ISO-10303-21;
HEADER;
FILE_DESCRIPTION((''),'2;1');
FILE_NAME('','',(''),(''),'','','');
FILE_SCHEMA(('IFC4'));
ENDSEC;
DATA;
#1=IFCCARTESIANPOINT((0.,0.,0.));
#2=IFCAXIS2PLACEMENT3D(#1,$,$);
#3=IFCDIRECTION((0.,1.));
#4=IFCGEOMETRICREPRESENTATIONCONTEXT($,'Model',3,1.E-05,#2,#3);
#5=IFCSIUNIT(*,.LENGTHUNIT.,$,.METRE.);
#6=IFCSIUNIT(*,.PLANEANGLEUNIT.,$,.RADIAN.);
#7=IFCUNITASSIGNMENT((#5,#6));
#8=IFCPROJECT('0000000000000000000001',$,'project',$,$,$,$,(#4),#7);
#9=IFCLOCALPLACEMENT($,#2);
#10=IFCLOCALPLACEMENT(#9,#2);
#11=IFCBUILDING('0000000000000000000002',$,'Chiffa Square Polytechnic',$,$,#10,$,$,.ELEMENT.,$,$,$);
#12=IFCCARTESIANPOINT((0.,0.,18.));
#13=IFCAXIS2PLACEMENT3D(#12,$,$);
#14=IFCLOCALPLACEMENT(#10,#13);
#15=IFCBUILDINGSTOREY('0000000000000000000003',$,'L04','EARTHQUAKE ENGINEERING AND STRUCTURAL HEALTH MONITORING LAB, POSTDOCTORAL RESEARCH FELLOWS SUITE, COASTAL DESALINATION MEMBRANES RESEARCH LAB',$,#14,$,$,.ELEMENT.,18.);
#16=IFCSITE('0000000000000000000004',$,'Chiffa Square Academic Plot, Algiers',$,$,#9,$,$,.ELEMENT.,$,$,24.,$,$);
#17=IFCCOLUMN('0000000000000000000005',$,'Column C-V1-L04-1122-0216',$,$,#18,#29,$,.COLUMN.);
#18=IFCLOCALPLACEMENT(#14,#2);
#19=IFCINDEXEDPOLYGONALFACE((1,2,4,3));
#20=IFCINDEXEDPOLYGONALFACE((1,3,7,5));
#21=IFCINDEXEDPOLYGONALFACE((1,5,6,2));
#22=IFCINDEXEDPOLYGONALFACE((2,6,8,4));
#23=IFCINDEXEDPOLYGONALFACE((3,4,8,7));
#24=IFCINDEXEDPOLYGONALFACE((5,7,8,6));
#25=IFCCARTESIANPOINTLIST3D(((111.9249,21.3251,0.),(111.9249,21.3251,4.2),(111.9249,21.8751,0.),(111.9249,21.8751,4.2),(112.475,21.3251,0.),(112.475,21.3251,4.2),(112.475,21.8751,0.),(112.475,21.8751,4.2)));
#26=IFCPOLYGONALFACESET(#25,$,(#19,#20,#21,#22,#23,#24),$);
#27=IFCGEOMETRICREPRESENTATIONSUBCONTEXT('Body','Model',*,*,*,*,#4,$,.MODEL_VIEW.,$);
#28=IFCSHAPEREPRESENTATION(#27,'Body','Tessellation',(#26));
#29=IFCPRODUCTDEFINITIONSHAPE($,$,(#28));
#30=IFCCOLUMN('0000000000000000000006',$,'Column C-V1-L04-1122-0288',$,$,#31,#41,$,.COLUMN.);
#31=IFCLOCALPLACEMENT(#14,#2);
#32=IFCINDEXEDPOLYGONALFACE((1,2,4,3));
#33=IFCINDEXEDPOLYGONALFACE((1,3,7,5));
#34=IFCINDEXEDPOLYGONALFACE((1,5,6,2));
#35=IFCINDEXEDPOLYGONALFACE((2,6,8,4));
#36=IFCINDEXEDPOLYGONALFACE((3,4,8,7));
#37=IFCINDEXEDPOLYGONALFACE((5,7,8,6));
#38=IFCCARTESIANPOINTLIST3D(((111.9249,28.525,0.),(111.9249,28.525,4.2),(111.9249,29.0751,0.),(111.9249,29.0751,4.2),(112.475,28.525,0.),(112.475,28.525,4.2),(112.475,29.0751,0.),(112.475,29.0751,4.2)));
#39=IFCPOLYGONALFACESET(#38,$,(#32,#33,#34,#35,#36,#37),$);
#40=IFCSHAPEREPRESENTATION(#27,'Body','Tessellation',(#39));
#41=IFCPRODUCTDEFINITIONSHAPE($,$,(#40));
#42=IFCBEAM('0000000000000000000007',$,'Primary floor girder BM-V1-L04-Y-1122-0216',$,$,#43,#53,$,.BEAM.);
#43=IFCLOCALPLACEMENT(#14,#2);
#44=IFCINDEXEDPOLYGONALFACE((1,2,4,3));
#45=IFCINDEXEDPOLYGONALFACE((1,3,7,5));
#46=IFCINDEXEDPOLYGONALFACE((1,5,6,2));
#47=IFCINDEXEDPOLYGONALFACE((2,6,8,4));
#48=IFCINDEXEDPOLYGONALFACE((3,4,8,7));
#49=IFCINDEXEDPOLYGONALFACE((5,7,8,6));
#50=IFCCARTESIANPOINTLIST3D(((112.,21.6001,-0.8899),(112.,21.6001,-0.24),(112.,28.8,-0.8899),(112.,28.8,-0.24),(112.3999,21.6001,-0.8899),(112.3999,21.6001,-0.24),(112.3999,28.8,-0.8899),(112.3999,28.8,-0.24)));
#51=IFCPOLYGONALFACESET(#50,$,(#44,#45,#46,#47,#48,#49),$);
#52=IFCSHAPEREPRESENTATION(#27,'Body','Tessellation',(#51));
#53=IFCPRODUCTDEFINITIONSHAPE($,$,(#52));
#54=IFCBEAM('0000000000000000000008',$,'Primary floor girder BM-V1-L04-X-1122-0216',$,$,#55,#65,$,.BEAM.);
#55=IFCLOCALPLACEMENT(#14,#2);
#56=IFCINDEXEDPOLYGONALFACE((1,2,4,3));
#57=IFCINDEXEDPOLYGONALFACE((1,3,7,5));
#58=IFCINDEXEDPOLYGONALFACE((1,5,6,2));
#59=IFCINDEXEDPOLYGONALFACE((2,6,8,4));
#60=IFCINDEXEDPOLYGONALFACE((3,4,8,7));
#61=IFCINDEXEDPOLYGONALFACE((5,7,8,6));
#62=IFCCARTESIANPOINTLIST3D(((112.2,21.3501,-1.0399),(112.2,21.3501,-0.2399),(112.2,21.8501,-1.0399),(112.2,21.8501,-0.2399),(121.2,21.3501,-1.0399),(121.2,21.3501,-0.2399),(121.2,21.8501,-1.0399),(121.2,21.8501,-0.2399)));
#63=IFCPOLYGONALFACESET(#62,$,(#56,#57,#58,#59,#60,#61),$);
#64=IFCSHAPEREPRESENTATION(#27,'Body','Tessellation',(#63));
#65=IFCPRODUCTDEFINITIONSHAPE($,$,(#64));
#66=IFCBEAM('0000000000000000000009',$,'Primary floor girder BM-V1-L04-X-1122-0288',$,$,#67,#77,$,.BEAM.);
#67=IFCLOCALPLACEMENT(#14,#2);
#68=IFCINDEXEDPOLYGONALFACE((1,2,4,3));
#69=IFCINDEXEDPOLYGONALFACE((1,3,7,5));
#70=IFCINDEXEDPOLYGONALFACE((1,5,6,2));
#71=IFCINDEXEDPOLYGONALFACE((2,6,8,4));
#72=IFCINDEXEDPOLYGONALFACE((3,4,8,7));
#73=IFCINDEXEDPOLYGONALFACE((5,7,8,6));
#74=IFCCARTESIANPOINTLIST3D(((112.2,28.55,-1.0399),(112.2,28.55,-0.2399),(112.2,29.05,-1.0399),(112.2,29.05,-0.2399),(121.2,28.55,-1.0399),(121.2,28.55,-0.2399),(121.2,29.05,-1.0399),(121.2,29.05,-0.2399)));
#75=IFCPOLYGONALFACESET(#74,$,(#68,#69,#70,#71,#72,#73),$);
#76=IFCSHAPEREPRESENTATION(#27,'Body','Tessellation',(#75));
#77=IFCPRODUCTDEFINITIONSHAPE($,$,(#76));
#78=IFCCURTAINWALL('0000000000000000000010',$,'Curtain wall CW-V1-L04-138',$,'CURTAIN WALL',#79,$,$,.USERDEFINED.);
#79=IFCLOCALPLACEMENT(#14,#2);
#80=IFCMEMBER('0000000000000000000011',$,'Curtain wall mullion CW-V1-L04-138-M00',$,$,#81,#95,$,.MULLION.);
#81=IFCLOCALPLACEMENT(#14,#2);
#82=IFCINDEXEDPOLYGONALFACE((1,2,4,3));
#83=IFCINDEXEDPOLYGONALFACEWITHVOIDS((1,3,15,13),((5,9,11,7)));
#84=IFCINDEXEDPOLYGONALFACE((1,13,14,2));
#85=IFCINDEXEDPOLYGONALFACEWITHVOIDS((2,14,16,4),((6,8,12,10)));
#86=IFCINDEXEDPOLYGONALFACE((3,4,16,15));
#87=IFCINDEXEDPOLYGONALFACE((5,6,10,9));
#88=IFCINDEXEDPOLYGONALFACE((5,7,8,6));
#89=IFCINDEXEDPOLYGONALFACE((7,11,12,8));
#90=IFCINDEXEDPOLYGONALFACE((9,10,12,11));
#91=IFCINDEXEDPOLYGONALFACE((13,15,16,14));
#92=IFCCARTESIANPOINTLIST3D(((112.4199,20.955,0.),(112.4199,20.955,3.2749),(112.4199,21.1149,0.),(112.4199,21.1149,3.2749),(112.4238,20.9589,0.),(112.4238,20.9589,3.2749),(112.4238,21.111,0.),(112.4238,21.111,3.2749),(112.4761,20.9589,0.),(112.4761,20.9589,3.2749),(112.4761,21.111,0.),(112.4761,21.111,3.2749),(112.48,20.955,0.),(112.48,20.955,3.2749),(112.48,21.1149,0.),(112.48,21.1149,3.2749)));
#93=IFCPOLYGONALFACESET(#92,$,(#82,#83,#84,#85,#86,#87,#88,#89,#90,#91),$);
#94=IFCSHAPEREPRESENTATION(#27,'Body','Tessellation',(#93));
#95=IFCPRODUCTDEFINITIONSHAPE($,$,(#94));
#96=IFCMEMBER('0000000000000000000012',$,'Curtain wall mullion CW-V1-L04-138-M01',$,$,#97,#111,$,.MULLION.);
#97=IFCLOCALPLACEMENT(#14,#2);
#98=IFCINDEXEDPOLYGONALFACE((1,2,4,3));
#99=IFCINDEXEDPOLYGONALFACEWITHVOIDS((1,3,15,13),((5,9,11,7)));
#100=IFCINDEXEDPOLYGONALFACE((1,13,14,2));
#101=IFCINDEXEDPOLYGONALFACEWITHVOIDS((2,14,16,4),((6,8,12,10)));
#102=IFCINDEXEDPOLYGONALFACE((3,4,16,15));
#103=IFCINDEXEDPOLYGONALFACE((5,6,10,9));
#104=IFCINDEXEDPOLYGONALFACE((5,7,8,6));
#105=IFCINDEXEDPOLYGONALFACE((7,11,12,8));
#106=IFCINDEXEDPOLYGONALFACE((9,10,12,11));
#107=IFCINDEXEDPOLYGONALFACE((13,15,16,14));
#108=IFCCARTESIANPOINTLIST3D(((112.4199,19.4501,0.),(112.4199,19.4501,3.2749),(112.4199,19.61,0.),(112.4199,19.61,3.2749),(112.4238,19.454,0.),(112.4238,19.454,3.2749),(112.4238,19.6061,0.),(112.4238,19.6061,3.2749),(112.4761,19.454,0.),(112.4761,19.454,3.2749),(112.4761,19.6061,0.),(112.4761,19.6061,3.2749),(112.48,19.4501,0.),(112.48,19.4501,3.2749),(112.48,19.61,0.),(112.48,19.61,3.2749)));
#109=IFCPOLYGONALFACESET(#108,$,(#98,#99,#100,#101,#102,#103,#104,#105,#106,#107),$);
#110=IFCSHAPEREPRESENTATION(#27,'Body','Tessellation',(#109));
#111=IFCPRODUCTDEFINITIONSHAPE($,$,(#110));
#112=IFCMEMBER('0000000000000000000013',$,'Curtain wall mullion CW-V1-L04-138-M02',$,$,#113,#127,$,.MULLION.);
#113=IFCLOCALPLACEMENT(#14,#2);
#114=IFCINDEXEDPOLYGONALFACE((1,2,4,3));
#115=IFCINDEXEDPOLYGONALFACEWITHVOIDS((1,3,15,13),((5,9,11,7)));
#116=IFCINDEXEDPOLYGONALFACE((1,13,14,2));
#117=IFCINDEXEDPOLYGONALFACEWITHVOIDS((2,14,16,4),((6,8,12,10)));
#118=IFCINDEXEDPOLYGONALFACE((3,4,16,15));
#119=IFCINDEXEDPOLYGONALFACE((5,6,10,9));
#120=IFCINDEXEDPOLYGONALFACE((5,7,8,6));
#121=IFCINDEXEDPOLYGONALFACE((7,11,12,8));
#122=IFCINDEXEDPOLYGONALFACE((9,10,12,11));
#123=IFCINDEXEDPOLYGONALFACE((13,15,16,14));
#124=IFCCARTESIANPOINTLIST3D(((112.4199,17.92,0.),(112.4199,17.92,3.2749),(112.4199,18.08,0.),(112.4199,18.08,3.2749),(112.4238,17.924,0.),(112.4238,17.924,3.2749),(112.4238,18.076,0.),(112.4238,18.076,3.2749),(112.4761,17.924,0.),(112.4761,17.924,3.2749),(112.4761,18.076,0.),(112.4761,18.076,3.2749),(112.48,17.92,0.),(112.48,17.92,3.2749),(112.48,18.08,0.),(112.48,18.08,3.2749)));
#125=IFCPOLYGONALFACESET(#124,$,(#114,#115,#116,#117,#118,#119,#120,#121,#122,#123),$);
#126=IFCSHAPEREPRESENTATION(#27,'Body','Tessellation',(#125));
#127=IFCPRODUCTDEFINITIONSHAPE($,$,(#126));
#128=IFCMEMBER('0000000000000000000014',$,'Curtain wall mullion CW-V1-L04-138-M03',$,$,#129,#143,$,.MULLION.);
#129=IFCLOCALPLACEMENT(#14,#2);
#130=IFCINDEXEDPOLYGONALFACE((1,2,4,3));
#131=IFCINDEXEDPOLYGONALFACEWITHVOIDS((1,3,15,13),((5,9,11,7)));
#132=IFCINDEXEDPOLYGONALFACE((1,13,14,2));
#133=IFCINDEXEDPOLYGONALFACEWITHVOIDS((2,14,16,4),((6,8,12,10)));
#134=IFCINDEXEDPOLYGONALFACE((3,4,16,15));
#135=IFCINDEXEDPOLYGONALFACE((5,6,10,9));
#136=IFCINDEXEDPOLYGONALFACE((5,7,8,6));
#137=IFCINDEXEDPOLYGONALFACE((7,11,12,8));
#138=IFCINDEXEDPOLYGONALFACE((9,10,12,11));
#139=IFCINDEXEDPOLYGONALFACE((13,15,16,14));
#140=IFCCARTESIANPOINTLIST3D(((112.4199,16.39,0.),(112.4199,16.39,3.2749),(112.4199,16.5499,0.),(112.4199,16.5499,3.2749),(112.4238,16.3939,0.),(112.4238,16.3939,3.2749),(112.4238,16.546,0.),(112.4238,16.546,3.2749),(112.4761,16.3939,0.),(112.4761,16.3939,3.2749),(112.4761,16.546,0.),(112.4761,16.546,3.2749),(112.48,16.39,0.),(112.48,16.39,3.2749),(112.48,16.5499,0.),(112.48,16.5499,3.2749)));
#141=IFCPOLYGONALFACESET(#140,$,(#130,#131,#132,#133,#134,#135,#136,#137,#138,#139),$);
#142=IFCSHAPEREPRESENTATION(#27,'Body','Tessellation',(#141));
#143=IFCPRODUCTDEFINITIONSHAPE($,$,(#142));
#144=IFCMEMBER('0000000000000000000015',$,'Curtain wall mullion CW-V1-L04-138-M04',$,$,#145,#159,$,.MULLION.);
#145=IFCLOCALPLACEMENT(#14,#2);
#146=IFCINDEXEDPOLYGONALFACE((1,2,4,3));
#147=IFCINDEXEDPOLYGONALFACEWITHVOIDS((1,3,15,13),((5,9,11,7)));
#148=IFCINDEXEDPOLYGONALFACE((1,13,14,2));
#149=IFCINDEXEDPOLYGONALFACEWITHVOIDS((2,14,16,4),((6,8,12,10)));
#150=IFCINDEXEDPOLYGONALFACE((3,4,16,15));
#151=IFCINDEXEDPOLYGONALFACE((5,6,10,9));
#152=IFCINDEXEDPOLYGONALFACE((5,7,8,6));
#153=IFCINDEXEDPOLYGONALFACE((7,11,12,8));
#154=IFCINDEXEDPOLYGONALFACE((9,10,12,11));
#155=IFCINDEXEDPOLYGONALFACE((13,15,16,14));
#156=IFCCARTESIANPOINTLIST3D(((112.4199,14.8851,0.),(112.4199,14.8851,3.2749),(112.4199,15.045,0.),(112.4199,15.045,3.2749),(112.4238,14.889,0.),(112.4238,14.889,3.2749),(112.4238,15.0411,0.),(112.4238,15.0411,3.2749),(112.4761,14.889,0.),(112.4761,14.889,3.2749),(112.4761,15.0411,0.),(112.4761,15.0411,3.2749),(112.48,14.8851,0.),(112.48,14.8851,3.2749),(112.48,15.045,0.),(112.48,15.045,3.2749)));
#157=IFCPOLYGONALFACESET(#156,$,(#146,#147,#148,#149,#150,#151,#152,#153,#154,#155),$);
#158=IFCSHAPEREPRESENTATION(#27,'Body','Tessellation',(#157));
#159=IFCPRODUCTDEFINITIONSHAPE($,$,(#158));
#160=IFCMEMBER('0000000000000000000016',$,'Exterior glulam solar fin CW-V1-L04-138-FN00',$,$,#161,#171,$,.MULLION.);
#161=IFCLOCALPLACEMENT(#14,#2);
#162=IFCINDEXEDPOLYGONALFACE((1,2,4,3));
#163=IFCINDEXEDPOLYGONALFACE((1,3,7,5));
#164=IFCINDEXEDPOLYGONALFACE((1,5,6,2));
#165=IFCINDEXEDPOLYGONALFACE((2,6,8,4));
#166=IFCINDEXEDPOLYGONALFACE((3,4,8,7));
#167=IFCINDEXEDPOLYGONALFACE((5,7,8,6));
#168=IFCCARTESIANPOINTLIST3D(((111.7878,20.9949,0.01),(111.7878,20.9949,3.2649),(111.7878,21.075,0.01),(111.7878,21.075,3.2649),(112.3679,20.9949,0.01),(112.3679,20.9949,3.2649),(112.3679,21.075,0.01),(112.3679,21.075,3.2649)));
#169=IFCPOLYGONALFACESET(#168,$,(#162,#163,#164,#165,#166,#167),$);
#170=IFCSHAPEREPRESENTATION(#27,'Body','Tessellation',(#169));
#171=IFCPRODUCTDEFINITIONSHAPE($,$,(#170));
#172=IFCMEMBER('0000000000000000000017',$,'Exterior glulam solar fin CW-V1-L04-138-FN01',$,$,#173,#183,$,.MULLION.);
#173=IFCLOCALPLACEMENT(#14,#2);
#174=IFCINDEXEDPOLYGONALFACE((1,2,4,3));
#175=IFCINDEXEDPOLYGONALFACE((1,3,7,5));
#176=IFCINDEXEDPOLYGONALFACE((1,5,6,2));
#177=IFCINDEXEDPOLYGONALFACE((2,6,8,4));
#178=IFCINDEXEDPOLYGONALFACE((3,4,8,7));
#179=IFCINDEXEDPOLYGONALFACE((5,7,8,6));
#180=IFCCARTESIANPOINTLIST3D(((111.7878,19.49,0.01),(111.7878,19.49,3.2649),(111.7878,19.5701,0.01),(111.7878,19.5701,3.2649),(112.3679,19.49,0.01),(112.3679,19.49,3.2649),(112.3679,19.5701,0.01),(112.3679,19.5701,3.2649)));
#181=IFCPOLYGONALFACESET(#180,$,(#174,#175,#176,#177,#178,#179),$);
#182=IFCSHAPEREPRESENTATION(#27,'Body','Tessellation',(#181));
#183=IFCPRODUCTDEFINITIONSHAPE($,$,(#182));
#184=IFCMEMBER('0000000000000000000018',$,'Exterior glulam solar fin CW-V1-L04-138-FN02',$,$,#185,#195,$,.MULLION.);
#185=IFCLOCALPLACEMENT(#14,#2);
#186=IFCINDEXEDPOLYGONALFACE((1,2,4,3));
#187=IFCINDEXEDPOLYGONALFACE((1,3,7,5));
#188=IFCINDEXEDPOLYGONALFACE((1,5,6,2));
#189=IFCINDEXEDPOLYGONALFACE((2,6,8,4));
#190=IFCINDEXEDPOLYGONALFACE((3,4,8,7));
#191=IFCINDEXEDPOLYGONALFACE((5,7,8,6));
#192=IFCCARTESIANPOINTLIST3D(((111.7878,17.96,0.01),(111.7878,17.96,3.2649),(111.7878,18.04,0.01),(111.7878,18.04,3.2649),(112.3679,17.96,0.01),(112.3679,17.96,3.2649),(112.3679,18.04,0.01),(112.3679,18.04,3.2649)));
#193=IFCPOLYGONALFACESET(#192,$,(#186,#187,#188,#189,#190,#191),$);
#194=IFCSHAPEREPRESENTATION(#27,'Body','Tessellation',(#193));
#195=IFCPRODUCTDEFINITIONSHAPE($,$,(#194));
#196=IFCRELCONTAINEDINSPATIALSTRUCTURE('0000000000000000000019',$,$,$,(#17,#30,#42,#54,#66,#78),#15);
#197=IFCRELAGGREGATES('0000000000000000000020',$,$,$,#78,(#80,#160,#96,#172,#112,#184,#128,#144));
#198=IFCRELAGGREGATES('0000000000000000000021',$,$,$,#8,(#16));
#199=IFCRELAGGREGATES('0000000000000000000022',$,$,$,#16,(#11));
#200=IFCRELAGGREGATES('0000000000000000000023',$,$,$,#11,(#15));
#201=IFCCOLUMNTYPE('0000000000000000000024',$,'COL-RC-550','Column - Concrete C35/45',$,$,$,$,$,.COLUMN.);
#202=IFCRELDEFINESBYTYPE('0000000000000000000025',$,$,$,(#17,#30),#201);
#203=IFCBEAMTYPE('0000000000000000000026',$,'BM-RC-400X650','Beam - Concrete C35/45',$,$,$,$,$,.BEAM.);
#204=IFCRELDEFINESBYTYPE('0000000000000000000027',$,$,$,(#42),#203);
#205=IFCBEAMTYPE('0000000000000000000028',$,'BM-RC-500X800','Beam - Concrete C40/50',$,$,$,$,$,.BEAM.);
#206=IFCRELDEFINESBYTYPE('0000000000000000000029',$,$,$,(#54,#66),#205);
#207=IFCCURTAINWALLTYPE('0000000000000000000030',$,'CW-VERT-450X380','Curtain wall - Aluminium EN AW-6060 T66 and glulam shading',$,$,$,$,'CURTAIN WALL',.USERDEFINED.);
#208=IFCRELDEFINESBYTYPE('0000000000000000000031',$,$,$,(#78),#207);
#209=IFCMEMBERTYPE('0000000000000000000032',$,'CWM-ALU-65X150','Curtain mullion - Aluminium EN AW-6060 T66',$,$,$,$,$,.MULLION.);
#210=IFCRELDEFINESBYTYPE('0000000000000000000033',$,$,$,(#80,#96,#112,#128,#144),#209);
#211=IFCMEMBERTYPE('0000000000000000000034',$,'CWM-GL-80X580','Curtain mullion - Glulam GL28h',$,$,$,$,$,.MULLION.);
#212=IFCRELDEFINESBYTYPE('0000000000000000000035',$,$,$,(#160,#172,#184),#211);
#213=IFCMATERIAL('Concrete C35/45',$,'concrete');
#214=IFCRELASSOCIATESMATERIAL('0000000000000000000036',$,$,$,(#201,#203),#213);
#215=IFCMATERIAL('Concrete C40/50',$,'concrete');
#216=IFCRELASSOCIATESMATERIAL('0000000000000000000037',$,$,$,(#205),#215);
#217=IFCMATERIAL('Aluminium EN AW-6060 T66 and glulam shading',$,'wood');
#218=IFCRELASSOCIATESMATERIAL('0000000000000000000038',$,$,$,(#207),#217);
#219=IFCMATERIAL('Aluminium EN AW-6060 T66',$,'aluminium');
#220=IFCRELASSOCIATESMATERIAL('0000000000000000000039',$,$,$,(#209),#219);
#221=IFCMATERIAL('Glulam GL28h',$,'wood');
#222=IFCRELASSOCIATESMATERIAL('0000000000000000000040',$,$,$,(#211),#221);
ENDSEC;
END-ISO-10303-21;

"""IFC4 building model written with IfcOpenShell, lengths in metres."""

from ifc_helpers import new_model, si_unit, direction, frame, origin, origin_2d, place, context, subcontext, project, spatial, rectangle, hollow_rectangle, extrude, material, material_profile, profile_set, type_object, element, aggregate, save


model = new_model("IFC4")

# Units and contexts
model_context = context("Model", 3, precision=1e-05, world=origin(), true_north=direction((0.0, 1.0)))
body_context = subcontext(model_context, "Body", "Model", "MODEL_VIEW")
ifc_project = project(units=[si_unit("LENGTHUNIT", "METRE"), si_unit("PLANEANGLEUNIT", "RADIAN")], contexts=[model_context])

# Site, building, storey
site_placement = place(None, origin())
site = spatial("IfcSite", under=ifc_project, at=site_placement, Name="Chiffa Square Academic Plot, Algiers", CompositionType="ELEMENT", RefElevation=24.0)
building_placement = place(site_placement, origin())
building = spatial("IfcBuilding", under=site, at=building_placement, Name="Chiffa Square Polytechnic", CompositionType="ELEMENT")
storey_placement = place(building_placement, frame((0.0, 0.0, 18.0)))
storey = spatial("IfcBuildingStorey", under=building, at=storey_placement, Name="L04", Description="EARTHQUAKE ENGINEERING AND STRUCTURAL HEALTH MONITORING LAB, POSTDOCTORAL RESEARCH FELLOWS SUITE, COASTAL DESALINATION MEMBRANES RESEARCH LAB", CompositionType="ELEMENT", Elevation=18.0)

# Columns
ifc_material_1 = material(Name="Concrete C35/45", Category="concrete")
ifc_material_profile_1 = material_profile(ifc_material_1, rectangle(XDim=0.55, YDim=0.55, at=origin_2d()), Name="RC 550x550")
ifc_profile_set_1 = profile_set([ifc_material_profile_1], Name="Concrete C35/45")
column_type = type_object("IfcColumnType", Name="COL-RC-550", Description="Column - Concrete C35/45", PredefinedType="COLUMN", material=ifc_profile_set_1)
for number, where, z_axis, x_axis, name in (
    (1, (112.2, 21.6001, 0.0), (0.0, 0.0, 1.0), (1.0, 0.0, 0.0), "Column C-V1-L04-1122-0216"),
    (2, (112.2, 28.8, 0.0), (0.0, 0.0, 1.0), (1.0, 0.0, 0.0), "Column C-V1-L04-1122-0288"),
):
    element("IfcColumn", number, at=place(storey_placement, frame(where, z_axis=z_axis, x_axis=x_axis)), inside=storey, type_object=column_type, Name=name, PredefinedType="COLUMN", context=body_context, shape_type="SweptSolid", body=[
        extrude(rectangle(XDim=0.55, YDim=0.55, at=origin_2d()), origin(), (0.0, 0.0, 1.0), 4.2),
    ])

# Beams
ifc_material_profile_2 = material_profile(ifc_material_1, rectangle(XDim=0.3999, YDim=0.6499, at=origin_2d()), Name="RC 400x650")
ifc_profile_set_2 = profile_set([ifc_material_profile_2], Name="Concrete C35/45")
beam_type_1 = type_object("IfcBeamType", Name="BM-RC-400X650", Description="Beam - Concrete C35/45", PredefinedType="BEAM", material=ifc_profile_set_2)
beam_placement = place(storey_placement, frame((112.2, 21.6001, -0.5649), z_axis=(0.0, 1.0, 0.0), x_axis=(-1.0, 0.0, 0.0)))
element("IfcBeam", 3, at=beam_placement, inside=storey, type_object=beam_type_1, Name="Primary floor girder BM-V1-L04-Y-1122-0216", PredefinedType="BEAM", context=body_context, shape_type="SweptSolid", body=[
    extrude(rectangle(XDim=0.3999, YDim=0.6499, at=origin_2d()), origin(), (0.0, 0.0, 1.0), 7.2),
])
ifc_material_2 = material(Name="Concrete C40/50", Category="concrete")
ifc_material_profile_3 = material_profile(ifc_material_2, rectangle(XDim=0.5, YDim=0.8, at=origin_2d()), Name="RC 500x800")
ifc_profile_set_3 = profile_set([ifc_material_profile_3], Name="Concrete C40/50")
beam_type_2 = type_object("IfcBeamType", Name="BM-RC-500X800", Description="Beam - Concrete C40/50", PredefinedType="BEAM", material=ifc_profile_set_3)
for number, where, z_axis, x_axis, name in (
    (4, (112.2, 21.6001, -0.6399), (1.0, 0.0, 0.0), (0.0, 1.0, 0.0), "Primary floor girder BM-V1-L04-X-1122-0216"),
    (5, (112.2, 28.8, -0.6399), (1.0, 0.0, 0.0), (0.0, 1.0, 0.0), "Primary floor girder BM-V1-L04-X-1122-0288"),
):
    element("IfcBeam", number, at=place(storey_placement, frame(where, z_axis=z_axis, x_axis=x_axis)), inside=storey, type_object=beam_type_2, Name=name, PredefinedType="BEAM", context=body_context, shape_type="SweptSolid", body=[
        extrude(rectangle(XDim=0.5, YDim=0.8, at=origin_2d()), origin(), (0.0, 0.0, 1.0), 9.0),
    ])

# Curtain wall, members
ifc_material_3 = material(Name="Aluminium EN AW-6060 T66 and glulam shading", Category="wood")
curtain_wall_type = type_object("IfcCurtainWallType", Name="CW-VERT-450X380", Description="Curtain wall - Aluminium EN AW-6060 T66 and glulam shading", ElementType="CURTAIN WALL", PredefinedType="USERDEFINED", material=ifc_material_3)
curtain_wall_placement = place(storey_placement, origin())
curtain_wall = element("IfcCurtainWall", 6, at=curtain_wall_placement, inside=storey, type_object=curtain_wall_type, Name="Curtain wall CW-V1-L04-138", ObjectType="CURTAIN WALL", PredefinedType="USERDEFINED")
ifc_material_4 = material(Name="Aluminium EN AW-6060 T66", Category="aluminium")
ifc_material_profile_4 = material_profile(ifc_material_4, hollow_rectangle(XDim=0.0601, YDim=0.1599, WallThickness=0.0039, at=origin_2d()), Name="ALU 60x160x4")
ifc_profile_set_4 = profile_set([ifc_material_profile_4], Name="Aluminium EN AW-6060 T66")
member_type_1 = type_object("IfcMemberType", Name="CWM-ALU-65X150", Description="Curtain mullion - Aluminium EN AW-6060 T66", PredefinedType="MULLION", material=ifc_profile_set_4)
member_1_placement = place(storey_placement, frame((112.45, 21.0349, 0.0), z_axis=(0.0, 0.0, 1.0), x_axis=(1.0, 0.0, 0.0)))
member_1 = element("IfcMember", 7, at=member_1_placement, type_object=member_type_1, Name="Curtain wall mullion CW-V1-L04-138-M00", PredefinedType="MULLION", context=body_context, shape_type="SweptSolid", body=[
    extrude(hollow_rectangle(XDim=0.0601, YDim=0.1599, WallThickness=0.0039, at=origin_2d()), origin(), (0.0, 0.0, 1.0), 3.2749),
])
member_2_placement = place(storey_placement, frame((112.45, 19.53, 0.0), z_axis=(0.0, 0.0, 1.0), x_axis=(1.0, 0.0, 0.0)))
member_2 = element("IfcMember", 8, at=member_2_placement, type_object=member_type_1, Name="Curtain wall mullion CW-V1-L04-138-M01", PredefinedType="MULLION", context=body_context, shape_type="SweptSolid", body=[
    extrude(hollow_rectangle(XDim=0.0601, YDim=0.1599, WallThickness=0.0039, at=origin_2d()), origin(), (0.0, 0.0, 1.0), 3.2749),
])
member_3_placement = place(storey_placement, frame((112.45, 18.0, 0.0), z_axis=(0.0, 0.0, 1.0), x_axis=(1.0, 0.0, 0.0)))
member_3 = element("IfcMember", 9, at=member_3_placement, type_object=member_type_1, Name="Curtain wall mullion CW-V1-L04-138-M02", PredefinedType="MULLION", context=body_context, shape_type="SweptSolid", body=[
    extrude(hollow_rectangle(XDim=0.0601, YDim=0.1599, WallThickness=0.0039, at=origin_2d()), origin(), (0.0, 0.0, 1.0), 3.2749),
])
member_4_placement = place(storey_placement, frame((112.45, 16.47, 0.0), z_axis=(0.0, 0.0, 1.0), x_axis=(1.0, 0.0, 0.0)))
member_4 = element("IfcMember", 10, at=member_4_placement, type_object=member_type_1, Name="Curtain wall mullion CW-V1-L04-138-M03", PredefinedType="MULLION", context=body_context, shape_type="SweptSolid", body=[
    extrude(hollow_rectangle(XDim=0.0601, YDim=0.1599, WallThickness=0.0039, at=origin_2d()), origin(), (0.0, 0.0, 1.0), 3.2749),
])
member_5_placement = place(storey_placement, frame((112.45, 14.9651, 0.0), z_axis=(0.0, 0.0, 1.0), x_axis=(1.0, 0.0, 0.0)))
member_5 = element("IfcMember", 11, at=member_5_placement, type_object=member_type_1, Name="Curtain wall mullion CW-V1-L04-138-M04", PredefinedType="MULLION", context=body_context, shape_type="SweptSolid", body=[
    extrude(hollow_rectangle(XDim=0.0601, YDim=0.1599, WallThickness=0.0039, at=origin_2d()), origin(), (0.0, 0.0, 1.0), 3.2749),
])
ifc_material_5 = material(Name="Glulam GL28h", Category="wood")
ifc_material_profile_5 = material_profile(ifc_material_5, rectangle(XDim=0.0801, YDim=0.5801, at=origin_2d()), Name="GL28h 80x580")
ifc_profile_set_5 = profile_set([ifc_material_profile_5], Name="Glulam GL28h")
member_type_2 = type_object("IfcMemberType", Name="CWM-GL-80X580", Description="Curtain mullion - Glulam GL28h", PredefinedType="MULLION", material=ifc_profile_set_5)
member_6_placement = place(storey_placement, frame((112.0779, 21.0349, 0.01), z_axis=(0.0, 0.0, 1.0), x_axis=(0.0, -1.0, 0.0)))
member_6 = element("IfcMember", 12, at=member_6_placement, type_object=member_type_2, Name="Exterior glulam solar fin CW-V1-L04-138-FN00", PredefinedType="MULLION", context=body_context, shape_type="SweptSolid", body=[
    extrude(rectangle(XDim=0.0801, YDim=0.5801, at=origin_2d()), origin(), (0.0, 0.0, 1.0), 3.2549),
])
member_7_placement = place(storey_placement, frame((112.0779, 19.53, 0.01), z_axis=(0.0, 0.0, 1.0), x_axis=(0.0, -1.0, 0.0)))
member_7 = element("IfcMember", 13, at=member_7_placement, type_object=member_type_2, Name="Exterior glulam solar fin CW-V1-L04-138-FN01", PredefinedType="MULLION", context=body_context, shape_type="SweptSolid", body=[
    extrude(rectangle(XDim=0.0801, YDim=0.5801, at=origin_2d()), origin(), (0.0, 0.0, 1.0), 3.2549),
])
member_8_placement = place(storey_placement, frame((112.0779, 18.0, 0.01), z_axis=(0.0, 0.0, 1.0), x_axis=(0.0, -1.0, 0.0)))
member_8 = element("IfcMember", 14, at=member_8_placement, type_object=member_type_2, Name="Exterior glulam solar fin CW-V1-L04-138-FN02", PredefinedType="MULLION", context=body_context, shape_type="SweptSolid", body=[
    extrude(rectangle(XDim=0.0801, YDim=0.5801, at=origin_2d()), origin(), (0.0, 0.0, 1.0), 3.2549),
])
aggregate(curtain_wall, [member_1, member_6, member_2, member_7, member_3, member_8, member_4, member_5])

save(model, "model.ifc")
